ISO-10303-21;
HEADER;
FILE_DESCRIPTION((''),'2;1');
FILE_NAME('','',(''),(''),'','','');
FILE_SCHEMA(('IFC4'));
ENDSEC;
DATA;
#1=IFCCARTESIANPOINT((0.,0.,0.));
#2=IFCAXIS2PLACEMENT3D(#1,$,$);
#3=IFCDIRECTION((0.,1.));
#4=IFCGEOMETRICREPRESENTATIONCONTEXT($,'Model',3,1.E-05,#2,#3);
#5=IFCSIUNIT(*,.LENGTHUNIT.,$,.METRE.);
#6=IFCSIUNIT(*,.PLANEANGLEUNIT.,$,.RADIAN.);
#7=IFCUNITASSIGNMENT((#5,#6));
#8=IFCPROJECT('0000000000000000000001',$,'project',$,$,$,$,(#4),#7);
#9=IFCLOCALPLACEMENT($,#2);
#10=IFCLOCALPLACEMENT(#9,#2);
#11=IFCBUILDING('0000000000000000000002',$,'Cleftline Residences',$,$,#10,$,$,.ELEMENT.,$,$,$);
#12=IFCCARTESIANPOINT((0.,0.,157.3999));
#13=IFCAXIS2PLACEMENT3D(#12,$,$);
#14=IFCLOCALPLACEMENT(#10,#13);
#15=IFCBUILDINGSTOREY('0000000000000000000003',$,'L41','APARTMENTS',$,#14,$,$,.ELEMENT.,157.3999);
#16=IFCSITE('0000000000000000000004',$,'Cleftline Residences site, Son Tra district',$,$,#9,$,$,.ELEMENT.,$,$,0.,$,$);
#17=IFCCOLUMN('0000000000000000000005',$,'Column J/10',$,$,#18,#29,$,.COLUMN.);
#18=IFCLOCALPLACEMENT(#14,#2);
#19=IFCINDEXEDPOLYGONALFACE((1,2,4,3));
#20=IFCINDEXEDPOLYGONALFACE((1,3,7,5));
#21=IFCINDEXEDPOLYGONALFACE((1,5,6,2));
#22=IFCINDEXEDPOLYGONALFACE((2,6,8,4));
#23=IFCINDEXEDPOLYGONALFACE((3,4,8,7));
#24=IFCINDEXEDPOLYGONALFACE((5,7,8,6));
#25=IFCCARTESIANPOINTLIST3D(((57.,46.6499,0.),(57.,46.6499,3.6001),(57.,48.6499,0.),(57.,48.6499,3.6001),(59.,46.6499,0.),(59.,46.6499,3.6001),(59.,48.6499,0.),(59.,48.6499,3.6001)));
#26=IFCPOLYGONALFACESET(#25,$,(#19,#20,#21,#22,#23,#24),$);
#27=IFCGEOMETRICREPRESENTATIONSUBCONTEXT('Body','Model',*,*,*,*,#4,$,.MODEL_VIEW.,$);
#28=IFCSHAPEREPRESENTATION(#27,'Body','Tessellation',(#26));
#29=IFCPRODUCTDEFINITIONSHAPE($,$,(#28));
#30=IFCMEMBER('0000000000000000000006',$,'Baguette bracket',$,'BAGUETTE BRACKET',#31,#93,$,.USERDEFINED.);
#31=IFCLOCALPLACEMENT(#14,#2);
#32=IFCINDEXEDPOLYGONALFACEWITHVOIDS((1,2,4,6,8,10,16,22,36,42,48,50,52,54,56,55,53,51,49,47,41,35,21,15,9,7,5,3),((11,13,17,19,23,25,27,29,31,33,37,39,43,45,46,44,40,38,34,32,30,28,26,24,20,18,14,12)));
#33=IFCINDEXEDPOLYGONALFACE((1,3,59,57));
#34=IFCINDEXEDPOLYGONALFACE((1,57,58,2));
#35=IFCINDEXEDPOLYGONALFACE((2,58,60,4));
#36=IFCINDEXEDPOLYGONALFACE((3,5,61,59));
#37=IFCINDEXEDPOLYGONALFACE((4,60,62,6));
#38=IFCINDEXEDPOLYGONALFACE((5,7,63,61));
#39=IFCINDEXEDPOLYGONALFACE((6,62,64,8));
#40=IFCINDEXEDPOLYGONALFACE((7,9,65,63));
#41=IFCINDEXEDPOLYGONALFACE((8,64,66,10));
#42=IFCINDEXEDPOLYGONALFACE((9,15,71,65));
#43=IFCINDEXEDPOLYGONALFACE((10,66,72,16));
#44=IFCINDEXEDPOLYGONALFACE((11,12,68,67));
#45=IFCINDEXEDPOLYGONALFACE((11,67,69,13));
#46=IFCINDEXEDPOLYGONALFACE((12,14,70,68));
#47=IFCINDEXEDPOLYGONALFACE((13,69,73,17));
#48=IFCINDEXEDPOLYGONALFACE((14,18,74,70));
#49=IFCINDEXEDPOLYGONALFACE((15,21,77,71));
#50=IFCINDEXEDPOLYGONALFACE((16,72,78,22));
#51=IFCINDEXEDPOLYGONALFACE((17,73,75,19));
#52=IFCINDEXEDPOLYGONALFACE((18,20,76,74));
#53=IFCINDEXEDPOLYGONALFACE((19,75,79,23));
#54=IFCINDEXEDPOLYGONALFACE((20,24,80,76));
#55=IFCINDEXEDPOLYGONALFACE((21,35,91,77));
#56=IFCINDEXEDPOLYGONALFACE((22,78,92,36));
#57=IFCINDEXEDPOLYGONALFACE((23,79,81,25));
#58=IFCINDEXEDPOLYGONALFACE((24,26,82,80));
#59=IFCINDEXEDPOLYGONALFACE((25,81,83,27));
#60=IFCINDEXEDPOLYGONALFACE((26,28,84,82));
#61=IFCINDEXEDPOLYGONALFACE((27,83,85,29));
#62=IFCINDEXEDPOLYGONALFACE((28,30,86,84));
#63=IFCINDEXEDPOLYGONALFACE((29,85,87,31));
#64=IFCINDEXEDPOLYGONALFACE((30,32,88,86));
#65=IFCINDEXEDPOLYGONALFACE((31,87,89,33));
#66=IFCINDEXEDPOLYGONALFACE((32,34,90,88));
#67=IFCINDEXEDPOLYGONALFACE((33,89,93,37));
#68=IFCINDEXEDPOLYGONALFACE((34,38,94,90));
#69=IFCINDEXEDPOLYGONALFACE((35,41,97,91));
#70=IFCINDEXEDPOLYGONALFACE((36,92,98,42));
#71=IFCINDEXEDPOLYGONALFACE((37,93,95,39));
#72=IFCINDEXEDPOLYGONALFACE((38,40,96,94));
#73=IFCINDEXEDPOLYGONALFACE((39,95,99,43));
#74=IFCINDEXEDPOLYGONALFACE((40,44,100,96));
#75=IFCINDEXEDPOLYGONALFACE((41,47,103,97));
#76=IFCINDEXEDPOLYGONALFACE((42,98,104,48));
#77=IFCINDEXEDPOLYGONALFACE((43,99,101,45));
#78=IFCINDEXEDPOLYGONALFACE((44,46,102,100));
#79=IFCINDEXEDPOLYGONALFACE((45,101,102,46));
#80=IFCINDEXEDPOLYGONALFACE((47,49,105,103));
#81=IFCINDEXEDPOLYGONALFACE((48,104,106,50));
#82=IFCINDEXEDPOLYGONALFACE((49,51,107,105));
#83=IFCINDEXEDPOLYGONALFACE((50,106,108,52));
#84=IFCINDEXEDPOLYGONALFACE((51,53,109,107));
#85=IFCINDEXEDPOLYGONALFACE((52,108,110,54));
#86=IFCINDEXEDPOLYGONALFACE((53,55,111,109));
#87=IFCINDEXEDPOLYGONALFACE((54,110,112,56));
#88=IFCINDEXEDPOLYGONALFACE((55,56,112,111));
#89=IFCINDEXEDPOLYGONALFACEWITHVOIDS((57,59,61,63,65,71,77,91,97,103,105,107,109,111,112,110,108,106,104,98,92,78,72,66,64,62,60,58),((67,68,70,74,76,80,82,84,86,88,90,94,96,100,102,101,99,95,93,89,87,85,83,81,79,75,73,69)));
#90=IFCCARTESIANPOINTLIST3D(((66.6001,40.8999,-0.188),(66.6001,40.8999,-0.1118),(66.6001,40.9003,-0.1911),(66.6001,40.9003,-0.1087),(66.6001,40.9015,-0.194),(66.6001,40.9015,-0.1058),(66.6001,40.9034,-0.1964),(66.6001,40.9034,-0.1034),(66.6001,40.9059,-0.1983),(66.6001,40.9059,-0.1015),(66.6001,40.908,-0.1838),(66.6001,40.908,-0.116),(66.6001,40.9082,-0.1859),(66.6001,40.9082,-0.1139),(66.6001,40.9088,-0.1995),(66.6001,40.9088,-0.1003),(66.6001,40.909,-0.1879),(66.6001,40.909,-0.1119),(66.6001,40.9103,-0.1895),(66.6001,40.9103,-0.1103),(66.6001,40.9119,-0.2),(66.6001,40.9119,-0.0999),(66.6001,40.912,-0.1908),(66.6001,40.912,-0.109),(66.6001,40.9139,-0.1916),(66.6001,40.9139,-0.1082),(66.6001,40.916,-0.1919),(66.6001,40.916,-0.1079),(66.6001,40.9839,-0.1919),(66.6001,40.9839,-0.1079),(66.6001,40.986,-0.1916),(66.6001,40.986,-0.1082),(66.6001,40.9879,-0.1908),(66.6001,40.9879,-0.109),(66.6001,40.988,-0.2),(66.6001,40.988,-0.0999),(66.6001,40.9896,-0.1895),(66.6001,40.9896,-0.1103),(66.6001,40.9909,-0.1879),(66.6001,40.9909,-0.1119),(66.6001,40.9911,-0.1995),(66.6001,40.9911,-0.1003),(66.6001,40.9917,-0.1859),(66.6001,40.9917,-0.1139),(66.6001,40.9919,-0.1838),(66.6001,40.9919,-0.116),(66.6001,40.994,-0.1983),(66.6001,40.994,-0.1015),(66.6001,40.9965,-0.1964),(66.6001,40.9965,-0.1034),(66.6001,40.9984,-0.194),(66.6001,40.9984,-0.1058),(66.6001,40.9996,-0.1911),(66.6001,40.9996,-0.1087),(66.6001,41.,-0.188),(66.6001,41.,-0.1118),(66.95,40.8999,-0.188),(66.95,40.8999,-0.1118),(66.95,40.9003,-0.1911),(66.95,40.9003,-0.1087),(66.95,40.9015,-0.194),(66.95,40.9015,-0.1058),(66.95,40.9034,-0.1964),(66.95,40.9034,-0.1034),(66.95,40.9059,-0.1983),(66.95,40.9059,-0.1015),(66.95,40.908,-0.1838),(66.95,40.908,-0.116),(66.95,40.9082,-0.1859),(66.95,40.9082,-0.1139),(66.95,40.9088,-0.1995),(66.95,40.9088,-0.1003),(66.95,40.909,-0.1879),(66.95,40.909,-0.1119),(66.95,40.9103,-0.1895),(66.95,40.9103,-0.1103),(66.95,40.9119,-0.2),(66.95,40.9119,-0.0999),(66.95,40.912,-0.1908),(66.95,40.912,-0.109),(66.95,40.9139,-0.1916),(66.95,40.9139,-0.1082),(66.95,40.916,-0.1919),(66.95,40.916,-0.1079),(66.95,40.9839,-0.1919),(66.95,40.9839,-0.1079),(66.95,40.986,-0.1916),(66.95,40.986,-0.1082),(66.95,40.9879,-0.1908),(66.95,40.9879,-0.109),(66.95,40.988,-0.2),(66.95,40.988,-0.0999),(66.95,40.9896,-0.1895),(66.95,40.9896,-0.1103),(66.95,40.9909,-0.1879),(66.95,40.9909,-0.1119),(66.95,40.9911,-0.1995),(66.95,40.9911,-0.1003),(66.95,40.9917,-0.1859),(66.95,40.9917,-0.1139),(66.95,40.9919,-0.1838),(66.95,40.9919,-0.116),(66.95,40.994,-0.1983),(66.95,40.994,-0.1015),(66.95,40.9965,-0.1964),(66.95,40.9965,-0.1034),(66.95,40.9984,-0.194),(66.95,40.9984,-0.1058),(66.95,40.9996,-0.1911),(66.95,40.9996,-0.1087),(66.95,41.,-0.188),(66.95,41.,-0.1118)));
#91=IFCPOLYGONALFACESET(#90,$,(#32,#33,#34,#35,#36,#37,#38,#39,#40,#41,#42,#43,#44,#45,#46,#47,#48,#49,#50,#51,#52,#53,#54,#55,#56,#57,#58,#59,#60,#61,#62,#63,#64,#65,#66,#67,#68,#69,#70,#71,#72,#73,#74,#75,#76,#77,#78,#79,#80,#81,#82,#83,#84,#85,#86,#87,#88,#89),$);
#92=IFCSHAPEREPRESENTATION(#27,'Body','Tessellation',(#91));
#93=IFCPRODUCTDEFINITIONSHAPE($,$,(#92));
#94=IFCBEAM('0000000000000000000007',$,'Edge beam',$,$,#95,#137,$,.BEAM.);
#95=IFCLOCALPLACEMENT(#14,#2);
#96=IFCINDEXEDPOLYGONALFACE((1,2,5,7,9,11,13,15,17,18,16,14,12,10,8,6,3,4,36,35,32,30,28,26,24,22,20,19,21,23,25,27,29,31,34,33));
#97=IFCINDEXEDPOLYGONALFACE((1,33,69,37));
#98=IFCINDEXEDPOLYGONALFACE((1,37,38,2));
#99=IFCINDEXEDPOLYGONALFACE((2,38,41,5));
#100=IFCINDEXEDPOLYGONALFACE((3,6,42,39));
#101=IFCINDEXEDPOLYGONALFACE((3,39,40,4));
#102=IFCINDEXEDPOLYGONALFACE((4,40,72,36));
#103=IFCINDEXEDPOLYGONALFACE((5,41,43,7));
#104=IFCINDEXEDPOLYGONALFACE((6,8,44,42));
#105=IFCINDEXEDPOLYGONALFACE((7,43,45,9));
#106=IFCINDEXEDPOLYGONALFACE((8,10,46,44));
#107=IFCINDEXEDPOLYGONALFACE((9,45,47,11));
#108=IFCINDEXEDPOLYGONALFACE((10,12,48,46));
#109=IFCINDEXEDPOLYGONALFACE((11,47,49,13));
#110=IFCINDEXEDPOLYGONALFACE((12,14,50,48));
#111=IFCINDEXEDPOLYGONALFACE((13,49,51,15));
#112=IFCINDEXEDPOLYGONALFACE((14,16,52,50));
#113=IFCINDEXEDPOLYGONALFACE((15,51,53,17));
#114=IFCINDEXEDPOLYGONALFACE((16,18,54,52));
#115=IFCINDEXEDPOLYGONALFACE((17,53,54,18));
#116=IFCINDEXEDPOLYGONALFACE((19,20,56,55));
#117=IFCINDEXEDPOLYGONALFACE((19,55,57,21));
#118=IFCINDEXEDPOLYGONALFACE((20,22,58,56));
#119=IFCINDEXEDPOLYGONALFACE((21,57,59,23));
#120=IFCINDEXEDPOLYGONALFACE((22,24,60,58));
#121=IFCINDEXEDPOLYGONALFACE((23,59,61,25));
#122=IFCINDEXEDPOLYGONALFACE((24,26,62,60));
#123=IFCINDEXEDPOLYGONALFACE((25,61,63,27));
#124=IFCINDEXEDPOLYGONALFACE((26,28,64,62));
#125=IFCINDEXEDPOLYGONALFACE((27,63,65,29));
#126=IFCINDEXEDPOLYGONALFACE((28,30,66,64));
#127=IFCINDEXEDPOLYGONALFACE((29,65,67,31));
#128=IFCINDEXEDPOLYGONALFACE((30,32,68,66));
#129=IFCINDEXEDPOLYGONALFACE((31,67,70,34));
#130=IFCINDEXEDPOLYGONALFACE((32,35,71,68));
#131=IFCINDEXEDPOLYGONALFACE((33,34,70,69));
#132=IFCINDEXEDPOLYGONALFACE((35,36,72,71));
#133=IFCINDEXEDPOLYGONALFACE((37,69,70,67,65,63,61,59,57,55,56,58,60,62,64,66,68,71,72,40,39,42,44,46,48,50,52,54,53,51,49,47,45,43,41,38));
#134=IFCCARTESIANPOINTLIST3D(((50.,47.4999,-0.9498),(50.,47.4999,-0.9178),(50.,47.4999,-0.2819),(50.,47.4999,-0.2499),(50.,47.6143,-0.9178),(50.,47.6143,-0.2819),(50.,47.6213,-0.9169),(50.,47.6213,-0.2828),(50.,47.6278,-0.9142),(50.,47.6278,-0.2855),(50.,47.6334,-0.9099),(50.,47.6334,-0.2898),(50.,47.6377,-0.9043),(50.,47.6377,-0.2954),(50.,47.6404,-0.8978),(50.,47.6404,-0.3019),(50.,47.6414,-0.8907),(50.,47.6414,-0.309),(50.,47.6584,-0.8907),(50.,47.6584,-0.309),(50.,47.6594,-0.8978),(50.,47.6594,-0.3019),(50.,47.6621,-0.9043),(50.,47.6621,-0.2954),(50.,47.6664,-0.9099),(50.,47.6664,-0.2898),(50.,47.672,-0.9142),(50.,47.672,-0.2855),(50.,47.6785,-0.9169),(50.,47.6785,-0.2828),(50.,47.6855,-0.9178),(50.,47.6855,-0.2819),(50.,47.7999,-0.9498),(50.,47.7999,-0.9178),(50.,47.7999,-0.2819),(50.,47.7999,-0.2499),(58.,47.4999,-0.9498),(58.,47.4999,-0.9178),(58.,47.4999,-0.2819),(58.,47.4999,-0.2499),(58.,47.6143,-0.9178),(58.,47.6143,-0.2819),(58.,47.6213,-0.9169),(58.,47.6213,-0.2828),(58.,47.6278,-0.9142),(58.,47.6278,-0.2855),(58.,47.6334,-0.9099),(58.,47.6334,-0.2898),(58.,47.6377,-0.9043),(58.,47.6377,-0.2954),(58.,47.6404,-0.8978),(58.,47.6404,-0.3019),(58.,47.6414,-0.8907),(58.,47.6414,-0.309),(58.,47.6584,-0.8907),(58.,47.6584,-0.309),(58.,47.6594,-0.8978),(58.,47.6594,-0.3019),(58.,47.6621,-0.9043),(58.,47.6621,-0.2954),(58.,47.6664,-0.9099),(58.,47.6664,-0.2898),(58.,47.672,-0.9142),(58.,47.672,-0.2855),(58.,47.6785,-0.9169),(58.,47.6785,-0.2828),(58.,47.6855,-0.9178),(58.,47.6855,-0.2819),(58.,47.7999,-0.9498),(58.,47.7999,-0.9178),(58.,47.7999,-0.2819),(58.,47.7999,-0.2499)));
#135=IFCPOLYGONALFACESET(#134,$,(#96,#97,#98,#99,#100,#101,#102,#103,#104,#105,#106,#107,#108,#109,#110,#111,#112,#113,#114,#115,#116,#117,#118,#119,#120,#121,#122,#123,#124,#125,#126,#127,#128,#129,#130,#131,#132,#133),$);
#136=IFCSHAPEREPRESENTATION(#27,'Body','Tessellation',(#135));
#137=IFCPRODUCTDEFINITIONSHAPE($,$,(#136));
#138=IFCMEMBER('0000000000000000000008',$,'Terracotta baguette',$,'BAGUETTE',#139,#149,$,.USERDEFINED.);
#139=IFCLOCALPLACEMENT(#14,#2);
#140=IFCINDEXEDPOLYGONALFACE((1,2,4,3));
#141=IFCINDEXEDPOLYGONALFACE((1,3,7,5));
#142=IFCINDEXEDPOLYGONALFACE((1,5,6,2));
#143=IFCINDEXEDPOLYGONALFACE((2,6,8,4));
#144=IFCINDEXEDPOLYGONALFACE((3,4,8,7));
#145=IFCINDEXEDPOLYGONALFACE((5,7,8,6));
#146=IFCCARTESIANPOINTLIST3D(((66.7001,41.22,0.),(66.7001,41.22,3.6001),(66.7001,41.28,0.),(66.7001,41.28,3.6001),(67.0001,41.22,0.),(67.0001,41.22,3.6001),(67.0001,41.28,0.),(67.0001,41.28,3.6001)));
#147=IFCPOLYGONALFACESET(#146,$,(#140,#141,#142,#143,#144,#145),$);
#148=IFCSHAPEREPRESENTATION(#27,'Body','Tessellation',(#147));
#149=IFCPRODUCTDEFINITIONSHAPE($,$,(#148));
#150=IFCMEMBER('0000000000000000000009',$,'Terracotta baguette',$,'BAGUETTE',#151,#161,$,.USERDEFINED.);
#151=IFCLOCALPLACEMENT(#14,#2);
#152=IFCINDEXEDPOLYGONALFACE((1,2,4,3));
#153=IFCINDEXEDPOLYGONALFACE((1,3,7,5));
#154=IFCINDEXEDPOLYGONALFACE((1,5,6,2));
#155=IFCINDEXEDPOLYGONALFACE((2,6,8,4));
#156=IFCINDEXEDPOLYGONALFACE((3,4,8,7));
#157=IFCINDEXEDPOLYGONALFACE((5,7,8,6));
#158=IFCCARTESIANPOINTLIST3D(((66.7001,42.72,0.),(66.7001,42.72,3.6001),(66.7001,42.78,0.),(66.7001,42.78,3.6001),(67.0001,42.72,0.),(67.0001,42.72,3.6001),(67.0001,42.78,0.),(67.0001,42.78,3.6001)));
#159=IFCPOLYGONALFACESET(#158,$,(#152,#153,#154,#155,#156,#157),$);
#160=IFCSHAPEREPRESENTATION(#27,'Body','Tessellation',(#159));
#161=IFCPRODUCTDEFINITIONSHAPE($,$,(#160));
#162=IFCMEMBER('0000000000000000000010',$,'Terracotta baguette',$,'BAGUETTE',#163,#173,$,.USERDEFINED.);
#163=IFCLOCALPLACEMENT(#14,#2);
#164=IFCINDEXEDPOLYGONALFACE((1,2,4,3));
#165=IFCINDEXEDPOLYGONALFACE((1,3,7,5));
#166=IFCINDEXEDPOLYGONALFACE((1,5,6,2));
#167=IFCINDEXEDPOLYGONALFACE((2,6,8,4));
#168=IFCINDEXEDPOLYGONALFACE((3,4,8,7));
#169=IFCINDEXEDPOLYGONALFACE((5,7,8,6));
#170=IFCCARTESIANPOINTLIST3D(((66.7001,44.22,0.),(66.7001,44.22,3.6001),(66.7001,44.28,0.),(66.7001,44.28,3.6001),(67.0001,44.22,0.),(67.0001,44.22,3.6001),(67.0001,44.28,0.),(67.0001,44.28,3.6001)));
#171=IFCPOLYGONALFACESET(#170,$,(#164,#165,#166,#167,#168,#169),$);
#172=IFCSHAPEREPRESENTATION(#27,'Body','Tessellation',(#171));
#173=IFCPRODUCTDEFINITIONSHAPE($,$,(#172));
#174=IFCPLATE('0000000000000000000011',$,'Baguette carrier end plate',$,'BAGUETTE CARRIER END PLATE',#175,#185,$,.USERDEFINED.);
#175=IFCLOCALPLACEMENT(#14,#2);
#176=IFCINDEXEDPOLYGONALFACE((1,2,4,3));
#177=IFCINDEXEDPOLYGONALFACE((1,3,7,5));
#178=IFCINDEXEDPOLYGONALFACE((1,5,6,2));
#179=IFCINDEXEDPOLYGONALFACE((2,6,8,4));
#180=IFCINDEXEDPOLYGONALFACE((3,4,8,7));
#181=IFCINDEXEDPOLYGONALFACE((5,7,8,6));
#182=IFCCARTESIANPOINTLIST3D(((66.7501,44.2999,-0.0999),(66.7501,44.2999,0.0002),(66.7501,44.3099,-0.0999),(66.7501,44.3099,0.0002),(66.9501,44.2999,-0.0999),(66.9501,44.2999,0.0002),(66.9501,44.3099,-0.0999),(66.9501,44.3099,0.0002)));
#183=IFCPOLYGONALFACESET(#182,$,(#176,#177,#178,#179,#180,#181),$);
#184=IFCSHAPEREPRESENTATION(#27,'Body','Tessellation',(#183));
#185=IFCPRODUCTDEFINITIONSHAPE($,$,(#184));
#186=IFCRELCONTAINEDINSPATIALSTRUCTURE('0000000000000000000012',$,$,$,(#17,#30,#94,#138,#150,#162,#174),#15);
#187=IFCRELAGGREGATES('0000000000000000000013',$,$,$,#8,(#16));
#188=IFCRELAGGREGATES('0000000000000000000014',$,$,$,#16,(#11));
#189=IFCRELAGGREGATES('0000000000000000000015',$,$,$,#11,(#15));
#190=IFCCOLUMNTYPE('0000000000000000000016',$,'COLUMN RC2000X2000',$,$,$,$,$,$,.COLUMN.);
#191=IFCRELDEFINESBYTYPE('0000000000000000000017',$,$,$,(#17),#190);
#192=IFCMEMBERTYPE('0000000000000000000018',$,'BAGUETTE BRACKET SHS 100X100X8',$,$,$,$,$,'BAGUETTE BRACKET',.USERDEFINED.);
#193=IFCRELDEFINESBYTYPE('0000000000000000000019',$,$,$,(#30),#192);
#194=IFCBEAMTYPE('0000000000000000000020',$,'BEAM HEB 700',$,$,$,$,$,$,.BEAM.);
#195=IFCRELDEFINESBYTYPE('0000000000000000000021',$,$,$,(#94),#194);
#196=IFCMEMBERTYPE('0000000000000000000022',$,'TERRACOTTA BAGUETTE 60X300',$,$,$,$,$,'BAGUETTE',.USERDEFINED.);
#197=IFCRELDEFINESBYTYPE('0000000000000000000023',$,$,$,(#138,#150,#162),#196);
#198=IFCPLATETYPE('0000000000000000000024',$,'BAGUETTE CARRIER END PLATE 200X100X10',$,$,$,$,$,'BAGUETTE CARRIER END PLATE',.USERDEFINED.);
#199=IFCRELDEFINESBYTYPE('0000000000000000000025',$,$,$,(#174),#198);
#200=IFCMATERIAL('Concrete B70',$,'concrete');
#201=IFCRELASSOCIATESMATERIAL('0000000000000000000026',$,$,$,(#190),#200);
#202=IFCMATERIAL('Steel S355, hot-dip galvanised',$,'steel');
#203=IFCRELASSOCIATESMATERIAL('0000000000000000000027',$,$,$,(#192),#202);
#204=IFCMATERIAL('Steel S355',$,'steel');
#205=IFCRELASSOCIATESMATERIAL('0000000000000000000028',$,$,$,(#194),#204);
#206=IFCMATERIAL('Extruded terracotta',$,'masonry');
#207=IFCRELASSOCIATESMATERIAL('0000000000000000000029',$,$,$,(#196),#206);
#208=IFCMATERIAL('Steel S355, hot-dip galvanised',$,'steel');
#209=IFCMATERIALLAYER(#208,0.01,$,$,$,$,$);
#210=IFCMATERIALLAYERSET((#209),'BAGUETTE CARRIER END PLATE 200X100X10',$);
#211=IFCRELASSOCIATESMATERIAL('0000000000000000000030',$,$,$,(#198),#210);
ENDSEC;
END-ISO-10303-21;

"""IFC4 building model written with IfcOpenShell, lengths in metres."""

from ifc_helpers import new_model, si_unit, direction, frame, origin, origin_2d, place, context, subcontext, project, spatial, rectangle, hollow_rectangle, i_section, extrude, material, layer, layer_set, material_profile, profile_set, type_object, element, save


model = new_model("IFC4")

# Units and contexts
model_context = context("Model", 3, precision=1e-05, world=origin(), true_north=direction((0.0, 1.0)))
body_context = subcontext(model_context, "Body", "Model", "MODEL_VIEW")
ifc_project = project(units=[si_unit("LENGTHUNIT", "METRE"), si_unit("PLANEANGLEUNIT", "RADIAN")], contexts=[model_context])

# Site, building, storey
site_placement = place(None, origin())
site = spatial("IfcSite", under=ifc_project, at=site_placement, Name="Cleftline Residences site, Son Tra district", CompositionType="ELEMENT", RefElevation=0.0)
building_placement = place(site_placement, origin())
building = spatial("IfcBuilding", under=site, at=building_placement, Name="Cleftline Residences", CompositionType="ELEMENT")
storey_placement = place(building_placement, frame((0.0, 0.0, 157.3999)))
storey = spatial("IfcBuildingStorey", under=building, at=storey_placement, Name="L41", Description="APARTMENTS", CompositionType="ELEMENT", Elevation=157.3999)

# Column
ifc_material_1 = material(Name="Concrete B70", Category="concrete")
ifc_material_profile_1 = material_profile(ifc_material_1, rectangle(XDim=2.0, YDim=2.0, at=origin_2d()))
ifc_profile_set_1 = profile_set([ifc_material_profile_1], Name="Concrete B70")
column_type = type_object("IfcColumnType", Name="COLUMN RC2000X2000", PredefinedType="COLUMN", material=ifc_profile_set_1)
column_placement = place(storey_placement, frame((58.0, 47.6499, 0.0), z_axis=(0.0, 0.0, 1.0), x_axis=(1.0, 0.0, 0.0)))
element("IfcColumn", 1, at=column_placement, inside=storey, type_object=column_type, Name="Column J/10", PredefinedType="COLUMN", context=body_context, shape_type="SweptSolid", body=[
    extrude(rectangle(XDim=2.0, YDim=2.0, at=origin_2d()), origin(), (0.0, 0.0, 1.0), 3.6001),
])

# Member
ifc_material_2 = material(Name="Steel S355, hot-dip galvanised", Category="steel")
ifc_material_profile_2 = material_profile(ifc_material_2, hollow_rectangle(XDim=0.1001, YDim=0.1001, WallThickness=0.0081, InnerFilletRadius=0.0081, OuterFilletRadius=0.012, at=origin_2d()))
ifc_profile_set_2 = profile_set([ifc_material_profile_2], Name="Steel S355, hot-dip galvanised")
member_type_1 = type_object("IfcMemberType", Name="BAGUETTE BRACKET SHS 100X100X8", ElementType="BAGUETTE BRACKET", PredefinedType="USERDEFINED", material=ifc_profile_set_2)
member_placement = place(storey_placement, frame((66.6001, 40.95, -0.1499), z_axis=(1.0, 0.0, 0.0), x_axis=(0.0, 1.0, 0.0)))
element("IfcMember", 2, at=member_placement, inside=storey, type_object=member_type_1, Name="Baguette bracket", ObjectType="BAGUETTE BRACKET", PredefinedType="USERDEFINED", context=body_context, shape_type="SweptSolid", body=[
    extrude(hollow_rectangle(XDim=0.1001, YDim=0.1001, WallThickness=0.0081, InnerFilletRadius=0.0081, OuterFilletRadius=0.012, at=origin_2d()), origin(), (0.0, 0.0, 1.0), 0.3499),
])

# Beam
ifc_material_3 = material(Name="Steel S355", Category="steel")
ifc_material_profile_3 = material_profile(ifc_material_3, i_section(OverallWidth=0.3, OverallDepth=0.7, WebThickness=0.0171, FlangeThickness=0.032, FilletRadius=0.0271, at=origin_2d()))
ifc_profile_set_3 = profile_set([ifc_material_profile_3], Name="Steel S355")
beam_type = type_object("IfcBeamType", Name="BEAM HEB 700", PredefinedType="BEAM", material=ifc_profile_set_3)
beam_placement = place(storey_placement, frame((58.0, 47.6499, -0.5999), z_axis=(-1.0, 0.0, 0.0), x_axis=(0.0, -1.0, 0.0)))
element("IfcBeam", 3, at=beam_placement, inside=storey, type_object=beam_type, Name="Edge beam", PredefinedType="BEAM", context=body_context, shape_type="SweptSolid", body=[
    extrude(i_section(OverallWidth=0.3, OverallDepth=0.7, WebThickness=0.0171, FlangeThickness=0.032, FilletRadius=0.0271, at=origin_2d()), origin(), (0.0, 0.0, 1.0), 8.0),
])

# Members
ifc_material_4 = material(Name="Extruded terracotta", Category="masonry")
ifc_material_profile_4 = material_profile(ifc_material_4, rectangle(XDim=0.0601, YDim=0.3, at=origin_2d()))
ifc_profile_set_4 = profile_set([ifc_material_profile_4], Name="Extruded terracotta")
member_type_2 = type_object("IfcMemberType", Name="TERRACOTTA BAGUETTE 60X300", ElementType="BAGUETTE", PredefinedType="USERDEFINED", material=ifc_profile_set_4)
for number, where, z_axis, x_axis, name in (
    (4, (66.8501, 41.25, 0.0), (0.0, 0.0, 1.0), (0.0, 1.0, 0.0), "Terracotta baguette"),
    (5, (66.8501, 42.75, 0.0), (0.0, 0.0, 1.0), (0.0, 1.0, 0.0), "Terracotta baguette"),
    (6, (66.8501, 44.25, 0.0), (0.0, 0.0, 1.0), (0.0, 1.0, 0.0), "Terracotta baguette"),
):
    element("IfcMember", number, at=place(storey_placement, frame(where, z_axis=z_axis, x_axis=x_axis)), inside=storey, type_object=member_type_2, Name=name, ObjectType="BAGUETTE", PredefinedType="USERDEFINED", context=body_context, shape_type="SweptSolid", body=[
        extrude(rectangle(XDim=0.0601, YDim=0.3, at=origin_2d()), origin(), (0.0, 0.0, 1.0), 3.6001),
    ])

# Plate
ifc_material_5 = material(Name="Steel S355, hot-dip galvanised", Category="steel")
ifc_layer_1 = layer(ifc_material_5, 0.01)
ifc_layer_set_1 = layer_set([ifc_layer_1], Name="BAGUETTE CARRIER END PLATE 200X100X10")
plate_type = type_object("IfcPlateType", Name="BAGUETTE CARRIER END PLATE 200X100X10", ElementType="BAGUETTE CARRIER END PLATE", PredefinedType="USERDEFINED", material=ifc_layer_set_1)
plate_placement = place(storey_placement, frame((66.8501, 44.3049, -0.0999), z_axis=(0.0, 0.0, 1.0), x_axis=(1.0, 0.0, 0.0)))
element("IfcPlate", 7, at=plate_placement, inside=storey, type_object=plate_type, Name="Baguette carrier end plate", ObjectType="BAGUETTE CARRIER END PLATE", PredefinedType="USERDEFINED", context=body_context, shape_type="SweptSolid", body=[
    extrude(rectangle(XDim=0.2, YDim=0.01, at=origin_2d()), origin(), (0.0, 0.0, 1.0), 0.1001),
])

save(model, "model.ifc")
